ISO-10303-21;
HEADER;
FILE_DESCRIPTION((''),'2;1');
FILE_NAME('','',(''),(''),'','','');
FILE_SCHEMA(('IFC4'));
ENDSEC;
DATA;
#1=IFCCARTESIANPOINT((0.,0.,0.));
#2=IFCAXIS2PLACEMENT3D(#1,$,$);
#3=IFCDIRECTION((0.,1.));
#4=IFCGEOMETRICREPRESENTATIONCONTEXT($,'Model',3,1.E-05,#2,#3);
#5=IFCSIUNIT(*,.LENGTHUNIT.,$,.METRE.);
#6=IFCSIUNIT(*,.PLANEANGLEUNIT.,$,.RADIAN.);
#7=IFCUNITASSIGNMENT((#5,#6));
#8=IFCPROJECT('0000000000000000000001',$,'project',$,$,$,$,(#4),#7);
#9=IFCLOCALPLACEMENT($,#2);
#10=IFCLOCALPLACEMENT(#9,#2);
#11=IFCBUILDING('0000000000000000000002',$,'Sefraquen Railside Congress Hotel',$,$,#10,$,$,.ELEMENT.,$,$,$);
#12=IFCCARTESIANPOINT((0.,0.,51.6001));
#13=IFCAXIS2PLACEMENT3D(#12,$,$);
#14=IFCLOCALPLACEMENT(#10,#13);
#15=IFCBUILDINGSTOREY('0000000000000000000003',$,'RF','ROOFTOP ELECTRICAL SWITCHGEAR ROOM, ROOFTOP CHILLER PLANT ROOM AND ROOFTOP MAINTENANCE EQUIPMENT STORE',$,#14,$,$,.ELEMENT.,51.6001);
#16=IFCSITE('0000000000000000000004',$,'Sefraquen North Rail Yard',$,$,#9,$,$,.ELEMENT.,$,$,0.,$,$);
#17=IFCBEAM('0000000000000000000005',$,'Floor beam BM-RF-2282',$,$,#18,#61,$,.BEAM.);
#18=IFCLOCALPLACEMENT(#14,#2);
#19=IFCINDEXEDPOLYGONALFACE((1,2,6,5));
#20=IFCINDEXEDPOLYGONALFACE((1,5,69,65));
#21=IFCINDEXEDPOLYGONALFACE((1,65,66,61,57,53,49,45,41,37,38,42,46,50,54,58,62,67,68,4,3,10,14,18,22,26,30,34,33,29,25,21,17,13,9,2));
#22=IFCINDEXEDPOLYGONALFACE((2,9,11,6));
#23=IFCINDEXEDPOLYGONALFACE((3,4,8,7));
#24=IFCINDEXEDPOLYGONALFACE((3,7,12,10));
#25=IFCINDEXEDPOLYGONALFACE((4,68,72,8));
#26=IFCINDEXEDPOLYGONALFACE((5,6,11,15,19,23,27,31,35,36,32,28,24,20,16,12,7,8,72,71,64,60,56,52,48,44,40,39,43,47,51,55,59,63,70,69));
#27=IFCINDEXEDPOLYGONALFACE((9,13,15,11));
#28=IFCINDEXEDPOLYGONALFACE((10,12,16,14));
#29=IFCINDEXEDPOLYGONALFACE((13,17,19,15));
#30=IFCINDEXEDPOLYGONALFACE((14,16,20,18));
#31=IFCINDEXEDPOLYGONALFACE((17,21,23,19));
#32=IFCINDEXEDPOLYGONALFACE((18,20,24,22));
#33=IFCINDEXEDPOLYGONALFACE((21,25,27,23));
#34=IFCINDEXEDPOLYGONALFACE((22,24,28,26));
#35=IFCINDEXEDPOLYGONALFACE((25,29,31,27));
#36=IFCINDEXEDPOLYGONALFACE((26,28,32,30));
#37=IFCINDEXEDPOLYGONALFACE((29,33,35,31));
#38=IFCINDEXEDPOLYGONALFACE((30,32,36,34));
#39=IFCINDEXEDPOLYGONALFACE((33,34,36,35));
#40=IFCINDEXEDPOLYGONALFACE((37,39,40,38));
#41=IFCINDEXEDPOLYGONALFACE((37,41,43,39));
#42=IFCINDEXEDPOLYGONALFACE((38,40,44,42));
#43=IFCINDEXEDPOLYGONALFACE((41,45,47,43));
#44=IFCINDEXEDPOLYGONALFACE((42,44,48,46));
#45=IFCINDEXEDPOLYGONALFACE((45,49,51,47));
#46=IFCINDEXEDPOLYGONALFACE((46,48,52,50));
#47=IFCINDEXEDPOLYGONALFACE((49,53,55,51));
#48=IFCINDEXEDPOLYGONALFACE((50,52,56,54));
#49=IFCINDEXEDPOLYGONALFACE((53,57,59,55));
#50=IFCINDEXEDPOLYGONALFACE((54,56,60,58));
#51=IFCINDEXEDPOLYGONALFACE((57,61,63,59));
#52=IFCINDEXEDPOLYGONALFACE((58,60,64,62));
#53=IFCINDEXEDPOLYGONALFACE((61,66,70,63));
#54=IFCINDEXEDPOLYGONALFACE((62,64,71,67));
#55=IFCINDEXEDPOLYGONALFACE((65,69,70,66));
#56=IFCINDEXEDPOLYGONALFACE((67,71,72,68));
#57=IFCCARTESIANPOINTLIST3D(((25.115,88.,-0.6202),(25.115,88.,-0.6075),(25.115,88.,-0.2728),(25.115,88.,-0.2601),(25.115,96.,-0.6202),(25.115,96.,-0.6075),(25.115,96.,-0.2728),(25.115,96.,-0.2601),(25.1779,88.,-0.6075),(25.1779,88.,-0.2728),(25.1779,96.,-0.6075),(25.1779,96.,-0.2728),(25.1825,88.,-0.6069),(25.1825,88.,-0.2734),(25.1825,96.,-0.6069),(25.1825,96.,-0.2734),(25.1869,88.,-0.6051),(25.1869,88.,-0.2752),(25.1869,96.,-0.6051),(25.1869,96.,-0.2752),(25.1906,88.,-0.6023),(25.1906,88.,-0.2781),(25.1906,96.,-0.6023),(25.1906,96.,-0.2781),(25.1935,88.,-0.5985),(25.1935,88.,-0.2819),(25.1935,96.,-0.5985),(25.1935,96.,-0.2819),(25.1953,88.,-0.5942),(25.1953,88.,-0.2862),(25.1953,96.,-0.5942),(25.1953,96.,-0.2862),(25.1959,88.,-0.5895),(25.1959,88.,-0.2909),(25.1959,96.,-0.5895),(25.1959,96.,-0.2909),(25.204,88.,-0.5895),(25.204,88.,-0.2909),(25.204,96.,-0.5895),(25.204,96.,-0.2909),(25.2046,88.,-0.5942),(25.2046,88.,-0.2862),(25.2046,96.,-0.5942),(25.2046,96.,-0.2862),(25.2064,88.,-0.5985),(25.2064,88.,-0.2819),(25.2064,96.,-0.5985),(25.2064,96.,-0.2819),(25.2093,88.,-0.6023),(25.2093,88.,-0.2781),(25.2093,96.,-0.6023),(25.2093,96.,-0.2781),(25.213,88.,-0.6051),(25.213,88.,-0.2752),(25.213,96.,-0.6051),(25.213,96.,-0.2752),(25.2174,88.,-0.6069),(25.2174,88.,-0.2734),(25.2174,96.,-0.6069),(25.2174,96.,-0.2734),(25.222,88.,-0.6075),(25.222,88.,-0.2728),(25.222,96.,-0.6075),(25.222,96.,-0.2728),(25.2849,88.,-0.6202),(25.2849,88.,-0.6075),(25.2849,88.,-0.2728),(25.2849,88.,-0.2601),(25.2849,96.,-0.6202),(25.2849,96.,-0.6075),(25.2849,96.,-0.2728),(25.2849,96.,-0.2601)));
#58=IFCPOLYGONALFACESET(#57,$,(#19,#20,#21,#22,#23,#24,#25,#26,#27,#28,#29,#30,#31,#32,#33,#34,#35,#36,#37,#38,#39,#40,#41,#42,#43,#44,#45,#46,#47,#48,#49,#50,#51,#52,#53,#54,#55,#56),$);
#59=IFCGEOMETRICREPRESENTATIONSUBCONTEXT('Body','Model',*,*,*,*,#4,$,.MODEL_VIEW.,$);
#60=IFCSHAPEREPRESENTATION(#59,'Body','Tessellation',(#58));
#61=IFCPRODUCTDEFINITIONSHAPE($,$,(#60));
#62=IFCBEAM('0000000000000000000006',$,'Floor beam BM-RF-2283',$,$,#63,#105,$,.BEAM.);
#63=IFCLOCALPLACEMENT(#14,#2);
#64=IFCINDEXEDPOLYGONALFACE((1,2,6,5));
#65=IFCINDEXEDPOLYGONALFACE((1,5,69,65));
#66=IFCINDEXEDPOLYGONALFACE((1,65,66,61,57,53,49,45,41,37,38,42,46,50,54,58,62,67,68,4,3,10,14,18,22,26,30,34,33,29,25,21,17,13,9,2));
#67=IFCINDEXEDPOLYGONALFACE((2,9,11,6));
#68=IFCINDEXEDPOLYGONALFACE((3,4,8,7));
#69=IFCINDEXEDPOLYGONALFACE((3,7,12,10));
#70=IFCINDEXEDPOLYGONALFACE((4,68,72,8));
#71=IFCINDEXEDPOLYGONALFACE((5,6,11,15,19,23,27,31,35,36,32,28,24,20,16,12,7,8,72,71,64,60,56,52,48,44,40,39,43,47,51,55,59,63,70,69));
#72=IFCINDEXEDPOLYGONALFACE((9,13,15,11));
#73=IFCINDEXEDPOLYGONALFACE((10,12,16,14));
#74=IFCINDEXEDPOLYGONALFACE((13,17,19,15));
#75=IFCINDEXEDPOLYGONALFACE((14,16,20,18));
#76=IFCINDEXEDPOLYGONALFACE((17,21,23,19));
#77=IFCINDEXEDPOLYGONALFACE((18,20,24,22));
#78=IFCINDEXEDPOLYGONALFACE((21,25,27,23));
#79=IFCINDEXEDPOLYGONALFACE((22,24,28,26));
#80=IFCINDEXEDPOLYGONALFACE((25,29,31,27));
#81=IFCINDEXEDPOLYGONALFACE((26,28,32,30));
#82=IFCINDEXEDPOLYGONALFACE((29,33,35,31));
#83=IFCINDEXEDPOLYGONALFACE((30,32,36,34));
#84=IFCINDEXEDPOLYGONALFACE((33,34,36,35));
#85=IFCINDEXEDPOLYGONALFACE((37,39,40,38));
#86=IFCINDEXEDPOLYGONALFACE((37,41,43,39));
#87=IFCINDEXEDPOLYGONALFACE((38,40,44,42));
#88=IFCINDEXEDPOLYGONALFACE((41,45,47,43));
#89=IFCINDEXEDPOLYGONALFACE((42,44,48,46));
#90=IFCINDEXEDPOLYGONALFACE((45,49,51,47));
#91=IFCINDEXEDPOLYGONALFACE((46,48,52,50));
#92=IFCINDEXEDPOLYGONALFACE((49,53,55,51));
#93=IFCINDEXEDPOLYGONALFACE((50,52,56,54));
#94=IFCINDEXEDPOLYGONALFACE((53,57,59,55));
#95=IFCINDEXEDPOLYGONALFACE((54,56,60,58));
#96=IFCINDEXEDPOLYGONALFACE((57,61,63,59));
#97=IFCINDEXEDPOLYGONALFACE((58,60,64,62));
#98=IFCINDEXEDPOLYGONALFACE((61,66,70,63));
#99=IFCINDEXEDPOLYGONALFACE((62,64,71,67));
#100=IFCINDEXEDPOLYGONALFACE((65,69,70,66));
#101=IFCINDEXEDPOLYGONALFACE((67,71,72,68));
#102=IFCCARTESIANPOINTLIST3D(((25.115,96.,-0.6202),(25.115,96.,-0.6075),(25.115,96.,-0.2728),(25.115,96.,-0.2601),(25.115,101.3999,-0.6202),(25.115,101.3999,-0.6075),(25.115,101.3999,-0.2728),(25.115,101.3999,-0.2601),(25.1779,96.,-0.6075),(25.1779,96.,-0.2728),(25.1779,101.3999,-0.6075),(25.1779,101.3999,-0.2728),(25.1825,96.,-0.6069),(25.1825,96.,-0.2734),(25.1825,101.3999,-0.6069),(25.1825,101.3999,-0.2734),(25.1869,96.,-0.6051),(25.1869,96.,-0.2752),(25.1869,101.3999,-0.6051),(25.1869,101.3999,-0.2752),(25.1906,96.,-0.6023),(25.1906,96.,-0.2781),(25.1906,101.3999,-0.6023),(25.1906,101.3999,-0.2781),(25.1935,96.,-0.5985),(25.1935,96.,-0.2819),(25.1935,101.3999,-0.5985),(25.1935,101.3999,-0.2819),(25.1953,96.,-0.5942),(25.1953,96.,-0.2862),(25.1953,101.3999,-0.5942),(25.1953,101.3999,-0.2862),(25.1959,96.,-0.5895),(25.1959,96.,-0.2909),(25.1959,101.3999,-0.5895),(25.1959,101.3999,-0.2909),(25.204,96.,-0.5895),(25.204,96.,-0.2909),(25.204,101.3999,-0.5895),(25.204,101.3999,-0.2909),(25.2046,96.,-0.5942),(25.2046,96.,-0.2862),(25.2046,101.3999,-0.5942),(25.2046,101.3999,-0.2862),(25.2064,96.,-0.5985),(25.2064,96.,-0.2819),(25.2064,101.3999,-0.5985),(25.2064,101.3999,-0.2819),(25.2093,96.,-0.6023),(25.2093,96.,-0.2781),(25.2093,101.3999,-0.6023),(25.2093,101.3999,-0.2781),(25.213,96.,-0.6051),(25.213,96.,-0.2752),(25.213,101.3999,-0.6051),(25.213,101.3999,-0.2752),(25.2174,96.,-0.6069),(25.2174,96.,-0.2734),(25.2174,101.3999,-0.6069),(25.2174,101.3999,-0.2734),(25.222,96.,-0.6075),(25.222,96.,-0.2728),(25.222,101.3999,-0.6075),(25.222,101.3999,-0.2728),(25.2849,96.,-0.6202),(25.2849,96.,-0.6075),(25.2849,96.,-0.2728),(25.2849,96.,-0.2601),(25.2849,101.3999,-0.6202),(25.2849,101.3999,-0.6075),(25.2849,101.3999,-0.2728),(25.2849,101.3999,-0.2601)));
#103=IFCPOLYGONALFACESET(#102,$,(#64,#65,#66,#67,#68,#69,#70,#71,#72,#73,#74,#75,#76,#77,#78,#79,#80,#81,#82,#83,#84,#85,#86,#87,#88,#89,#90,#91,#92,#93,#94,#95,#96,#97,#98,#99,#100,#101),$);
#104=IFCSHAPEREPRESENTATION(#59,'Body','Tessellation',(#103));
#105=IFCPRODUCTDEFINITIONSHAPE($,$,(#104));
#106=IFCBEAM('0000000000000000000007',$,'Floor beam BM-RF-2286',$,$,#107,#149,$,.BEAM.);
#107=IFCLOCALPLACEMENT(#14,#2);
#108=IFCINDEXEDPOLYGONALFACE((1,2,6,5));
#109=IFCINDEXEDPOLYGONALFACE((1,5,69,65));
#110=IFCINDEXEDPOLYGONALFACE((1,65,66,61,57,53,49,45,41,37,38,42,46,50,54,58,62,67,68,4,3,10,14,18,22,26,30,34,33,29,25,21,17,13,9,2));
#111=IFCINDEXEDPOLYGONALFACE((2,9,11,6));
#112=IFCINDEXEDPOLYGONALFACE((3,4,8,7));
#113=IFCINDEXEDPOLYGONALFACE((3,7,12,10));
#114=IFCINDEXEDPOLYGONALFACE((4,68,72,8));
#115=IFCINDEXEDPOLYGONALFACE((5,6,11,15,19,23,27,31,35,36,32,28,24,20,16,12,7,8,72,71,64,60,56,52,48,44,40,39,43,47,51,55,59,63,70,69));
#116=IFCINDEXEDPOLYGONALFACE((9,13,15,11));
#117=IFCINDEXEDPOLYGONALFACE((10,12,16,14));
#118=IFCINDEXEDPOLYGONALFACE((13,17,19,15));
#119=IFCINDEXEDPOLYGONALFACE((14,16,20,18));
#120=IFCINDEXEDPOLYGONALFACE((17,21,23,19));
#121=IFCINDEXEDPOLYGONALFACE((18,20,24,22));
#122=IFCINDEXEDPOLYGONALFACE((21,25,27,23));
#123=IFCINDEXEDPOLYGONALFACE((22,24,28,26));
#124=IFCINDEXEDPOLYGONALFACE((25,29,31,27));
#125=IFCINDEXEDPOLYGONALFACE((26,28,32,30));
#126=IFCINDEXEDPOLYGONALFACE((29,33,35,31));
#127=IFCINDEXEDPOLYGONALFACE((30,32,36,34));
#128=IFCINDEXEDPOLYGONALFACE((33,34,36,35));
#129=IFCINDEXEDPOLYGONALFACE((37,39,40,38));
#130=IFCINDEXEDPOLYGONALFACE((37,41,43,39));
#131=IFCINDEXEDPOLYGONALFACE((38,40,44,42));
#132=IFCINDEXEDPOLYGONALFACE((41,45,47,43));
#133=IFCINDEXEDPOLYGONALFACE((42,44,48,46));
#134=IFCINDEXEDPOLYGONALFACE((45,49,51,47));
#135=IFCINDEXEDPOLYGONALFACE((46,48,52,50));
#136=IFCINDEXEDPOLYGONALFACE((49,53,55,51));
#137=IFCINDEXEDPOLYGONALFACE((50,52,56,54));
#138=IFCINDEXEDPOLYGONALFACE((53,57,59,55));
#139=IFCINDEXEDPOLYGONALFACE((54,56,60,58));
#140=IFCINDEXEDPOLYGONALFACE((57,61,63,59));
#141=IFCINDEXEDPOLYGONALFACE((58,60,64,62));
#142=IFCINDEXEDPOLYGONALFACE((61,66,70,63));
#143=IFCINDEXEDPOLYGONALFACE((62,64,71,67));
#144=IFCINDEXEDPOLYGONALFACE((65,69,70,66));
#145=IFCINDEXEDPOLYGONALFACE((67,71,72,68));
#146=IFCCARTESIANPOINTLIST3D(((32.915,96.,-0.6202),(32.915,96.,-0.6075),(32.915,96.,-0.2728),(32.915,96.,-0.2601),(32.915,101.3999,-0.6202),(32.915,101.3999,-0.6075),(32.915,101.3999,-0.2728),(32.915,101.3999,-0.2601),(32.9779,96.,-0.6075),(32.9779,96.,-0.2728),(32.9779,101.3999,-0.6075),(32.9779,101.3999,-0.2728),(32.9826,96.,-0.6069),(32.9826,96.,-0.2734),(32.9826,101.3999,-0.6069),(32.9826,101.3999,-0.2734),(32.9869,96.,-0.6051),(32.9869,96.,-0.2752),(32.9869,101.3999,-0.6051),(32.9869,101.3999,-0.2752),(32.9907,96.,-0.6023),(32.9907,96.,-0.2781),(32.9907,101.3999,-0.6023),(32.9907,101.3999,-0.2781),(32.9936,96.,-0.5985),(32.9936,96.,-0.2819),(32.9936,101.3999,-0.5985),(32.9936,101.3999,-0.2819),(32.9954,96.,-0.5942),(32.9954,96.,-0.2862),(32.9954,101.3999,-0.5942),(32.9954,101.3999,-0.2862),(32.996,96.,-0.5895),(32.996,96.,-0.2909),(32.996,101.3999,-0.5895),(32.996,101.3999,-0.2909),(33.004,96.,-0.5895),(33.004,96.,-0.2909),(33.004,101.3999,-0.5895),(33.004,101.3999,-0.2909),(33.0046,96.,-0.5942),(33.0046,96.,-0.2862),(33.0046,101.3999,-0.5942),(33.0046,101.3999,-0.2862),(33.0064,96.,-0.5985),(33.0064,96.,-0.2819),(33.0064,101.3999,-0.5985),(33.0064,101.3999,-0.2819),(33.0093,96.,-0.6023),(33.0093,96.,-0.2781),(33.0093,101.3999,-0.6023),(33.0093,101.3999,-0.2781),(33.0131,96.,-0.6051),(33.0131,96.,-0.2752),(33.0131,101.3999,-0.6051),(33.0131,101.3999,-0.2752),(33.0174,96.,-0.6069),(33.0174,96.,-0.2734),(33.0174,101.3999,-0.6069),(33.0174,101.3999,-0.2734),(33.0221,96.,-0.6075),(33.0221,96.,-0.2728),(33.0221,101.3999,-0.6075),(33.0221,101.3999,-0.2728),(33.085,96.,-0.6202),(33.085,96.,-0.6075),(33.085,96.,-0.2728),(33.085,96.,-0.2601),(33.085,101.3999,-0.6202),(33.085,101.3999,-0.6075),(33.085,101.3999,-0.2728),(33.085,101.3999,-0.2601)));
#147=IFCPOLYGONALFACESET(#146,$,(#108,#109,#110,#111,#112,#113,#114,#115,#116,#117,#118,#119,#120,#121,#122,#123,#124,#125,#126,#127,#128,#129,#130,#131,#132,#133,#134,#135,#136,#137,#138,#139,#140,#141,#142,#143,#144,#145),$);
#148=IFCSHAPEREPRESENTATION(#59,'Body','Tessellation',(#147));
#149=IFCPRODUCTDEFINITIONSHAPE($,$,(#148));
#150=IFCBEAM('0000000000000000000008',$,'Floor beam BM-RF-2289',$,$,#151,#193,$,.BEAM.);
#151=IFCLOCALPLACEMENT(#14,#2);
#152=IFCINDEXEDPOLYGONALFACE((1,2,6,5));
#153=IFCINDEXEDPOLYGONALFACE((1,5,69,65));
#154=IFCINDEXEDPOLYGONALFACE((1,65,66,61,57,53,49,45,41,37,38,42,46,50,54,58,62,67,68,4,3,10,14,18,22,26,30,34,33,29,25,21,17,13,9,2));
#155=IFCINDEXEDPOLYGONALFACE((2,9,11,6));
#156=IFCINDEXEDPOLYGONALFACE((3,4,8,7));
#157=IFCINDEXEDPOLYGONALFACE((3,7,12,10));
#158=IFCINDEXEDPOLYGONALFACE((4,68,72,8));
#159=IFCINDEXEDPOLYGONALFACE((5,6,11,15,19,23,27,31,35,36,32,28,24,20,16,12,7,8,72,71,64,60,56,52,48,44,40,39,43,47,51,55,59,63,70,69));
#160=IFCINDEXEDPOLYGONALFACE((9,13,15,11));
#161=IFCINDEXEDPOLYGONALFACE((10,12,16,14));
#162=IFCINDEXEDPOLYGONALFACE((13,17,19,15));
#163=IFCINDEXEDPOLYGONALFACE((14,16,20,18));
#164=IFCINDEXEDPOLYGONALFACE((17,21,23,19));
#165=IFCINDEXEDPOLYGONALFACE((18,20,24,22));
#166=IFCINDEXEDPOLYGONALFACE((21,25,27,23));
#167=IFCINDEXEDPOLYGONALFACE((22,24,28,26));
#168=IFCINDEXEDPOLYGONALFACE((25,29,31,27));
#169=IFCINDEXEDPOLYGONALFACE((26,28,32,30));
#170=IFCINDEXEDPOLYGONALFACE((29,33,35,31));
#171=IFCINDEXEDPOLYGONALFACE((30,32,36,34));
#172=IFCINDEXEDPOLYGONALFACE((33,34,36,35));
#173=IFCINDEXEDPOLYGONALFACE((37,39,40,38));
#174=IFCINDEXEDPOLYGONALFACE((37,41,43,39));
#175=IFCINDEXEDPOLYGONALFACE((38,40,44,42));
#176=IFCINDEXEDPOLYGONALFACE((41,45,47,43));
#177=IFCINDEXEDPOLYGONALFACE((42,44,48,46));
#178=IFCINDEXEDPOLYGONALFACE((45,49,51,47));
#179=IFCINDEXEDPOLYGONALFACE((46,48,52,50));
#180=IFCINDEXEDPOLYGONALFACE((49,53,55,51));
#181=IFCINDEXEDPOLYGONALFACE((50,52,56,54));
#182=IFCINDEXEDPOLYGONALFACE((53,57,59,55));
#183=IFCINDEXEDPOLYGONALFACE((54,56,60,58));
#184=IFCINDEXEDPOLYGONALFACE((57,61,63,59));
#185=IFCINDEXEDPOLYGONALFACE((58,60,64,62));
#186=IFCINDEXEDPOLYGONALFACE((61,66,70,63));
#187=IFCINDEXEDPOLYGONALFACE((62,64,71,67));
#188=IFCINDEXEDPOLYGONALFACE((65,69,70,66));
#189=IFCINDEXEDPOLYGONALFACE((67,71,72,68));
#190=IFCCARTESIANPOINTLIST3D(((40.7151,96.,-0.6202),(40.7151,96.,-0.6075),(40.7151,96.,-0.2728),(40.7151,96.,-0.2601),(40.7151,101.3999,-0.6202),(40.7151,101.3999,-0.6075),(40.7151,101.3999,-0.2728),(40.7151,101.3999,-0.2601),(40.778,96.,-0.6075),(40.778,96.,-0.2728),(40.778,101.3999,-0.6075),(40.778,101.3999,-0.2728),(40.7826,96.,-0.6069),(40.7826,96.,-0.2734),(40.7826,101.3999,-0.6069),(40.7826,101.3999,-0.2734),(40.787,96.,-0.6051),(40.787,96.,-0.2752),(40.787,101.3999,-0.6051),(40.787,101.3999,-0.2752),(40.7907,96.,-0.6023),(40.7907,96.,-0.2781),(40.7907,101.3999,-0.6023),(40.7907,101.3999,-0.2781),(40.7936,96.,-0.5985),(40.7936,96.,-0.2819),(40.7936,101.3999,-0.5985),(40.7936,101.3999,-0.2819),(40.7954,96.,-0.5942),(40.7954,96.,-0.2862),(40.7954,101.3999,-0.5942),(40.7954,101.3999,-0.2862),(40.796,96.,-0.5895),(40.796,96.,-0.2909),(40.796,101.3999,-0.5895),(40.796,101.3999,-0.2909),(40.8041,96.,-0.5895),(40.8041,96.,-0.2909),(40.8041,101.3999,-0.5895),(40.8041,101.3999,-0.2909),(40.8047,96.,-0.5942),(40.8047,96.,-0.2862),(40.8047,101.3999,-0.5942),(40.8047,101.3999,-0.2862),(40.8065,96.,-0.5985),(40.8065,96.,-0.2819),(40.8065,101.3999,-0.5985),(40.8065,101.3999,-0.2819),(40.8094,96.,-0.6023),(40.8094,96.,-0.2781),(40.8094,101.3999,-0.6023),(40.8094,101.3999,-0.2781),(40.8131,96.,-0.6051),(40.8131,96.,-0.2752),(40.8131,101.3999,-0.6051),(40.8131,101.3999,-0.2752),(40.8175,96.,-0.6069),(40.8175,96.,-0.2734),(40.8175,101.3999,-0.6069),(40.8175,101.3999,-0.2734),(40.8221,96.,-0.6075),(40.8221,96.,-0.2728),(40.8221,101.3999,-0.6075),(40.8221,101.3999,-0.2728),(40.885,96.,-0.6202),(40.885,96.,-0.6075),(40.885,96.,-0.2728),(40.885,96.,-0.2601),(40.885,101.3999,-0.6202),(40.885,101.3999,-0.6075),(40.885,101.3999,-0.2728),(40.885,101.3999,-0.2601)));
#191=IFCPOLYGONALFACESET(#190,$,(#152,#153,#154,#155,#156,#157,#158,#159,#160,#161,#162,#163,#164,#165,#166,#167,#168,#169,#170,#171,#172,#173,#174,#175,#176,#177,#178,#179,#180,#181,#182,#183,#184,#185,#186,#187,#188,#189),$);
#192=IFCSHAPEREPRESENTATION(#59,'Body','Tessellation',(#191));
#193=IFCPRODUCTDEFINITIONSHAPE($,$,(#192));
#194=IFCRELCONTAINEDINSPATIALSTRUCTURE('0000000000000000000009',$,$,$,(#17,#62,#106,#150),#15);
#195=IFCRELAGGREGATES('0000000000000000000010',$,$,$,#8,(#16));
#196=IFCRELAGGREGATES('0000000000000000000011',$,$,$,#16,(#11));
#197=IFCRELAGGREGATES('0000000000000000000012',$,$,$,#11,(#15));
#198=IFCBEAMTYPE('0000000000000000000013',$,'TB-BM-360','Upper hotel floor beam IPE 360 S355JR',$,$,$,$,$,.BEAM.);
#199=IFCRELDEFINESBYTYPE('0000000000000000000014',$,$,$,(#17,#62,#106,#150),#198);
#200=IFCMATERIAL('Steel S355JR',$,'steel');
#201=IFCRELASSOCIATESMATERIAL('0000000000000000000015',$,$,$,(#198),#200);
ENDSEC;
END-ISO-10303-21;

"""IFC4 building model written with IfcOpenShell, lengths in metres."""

from ifc_helpers import new_model, si_unit, direction, frame, origin, origin_2d, place, context, subcontext, project, spatial, i_section, extrude, material, material_profile, profile_set, type_object, element, save


model = new_model("IFC4")

# Units and contexts
model_context = context("Model", 3, precision=1e-05, world=origin(), true_north=direction((0.0, 1.0)))
body_context = subcontext(model_context, "Body", "Model", "MODEL_VIEW")
ifc_project = project(units=[si_unit("LENGTHUNIT", "METRE"), si_unit("PLANEANGLEUNIT", "RADIAN")], contexts=[model_context])

# Site, building, storey
site_placement = place(None, origin())
site = spatial("IfcSite", under=ifc_project, at=site_placement, Name="Sefraquen North Rail Yard", CompositionType="ELEMENT", RefElevation=0.0)
building_placement = place(site_placement, origin())
building = spatial("IfcBuilding", under=site, at=building_placement, Name="Sefraquen Railside Congress Hotel", CompositionType="ELEMENT")
storey_placement = place(building_placement, frame((0.0, 0.0, 51.6001)))
storey = spatial("IfcBuildingStorey", under=building, at=storey_placement, Name="RF", Description="ROOFTOP ELECTRICAL SWITCHGEAR ROOM, ROOFTOP CHILLER PLANT ROOM AND ROOFTOP MAINTENANCE EQUIPMENT STORE", CompositionType="ELEMENT", Elevation=51.6001)

# Beams
ifc_material_1 = material(Name="Steel S355JR", Category="steel")
ifc_material_profile_1 = material_profile(ifc_material_1, i_section(OverallWidth=0.1699, OverallDepth=0.3601, WebThickness=0.0081, FlangeThickness=0.0127, FilletRadius=0.0181, at=origin_2d()), Name="IPE 360")
ifc_profile_set_1 = profile_set([ifc_material_profile_1], Name="Steel S355JR")
beam_type_1 = type_object("IfcBeamType", Name="TB-BM-360", Description="Upper hotel floor beam IPE 360 S355JR", PredefinedType="BEAM", material=ifc_profile_set_1)
beam_1_placement = place(storey_placement, frame((25.2, 88.0, -0.4402), z_axis=(0.0, 1.0, 0.0), x_axis=(-1.0, 0.0, 0.0)))
element("IfcBeam", 1, at=beam_1_placement, inside=storey, type_object=beam_type_1, Name="Floor beam BM-RF-2282", PredefinedType="BEAM", context=body_context, shape_type="SweptSolid", body=[
    extrude(i_section(OverallWidth=0.1699, OverallDepth=0.3601, WebThickness=0.0081, FlangeThickness=0.0127, FilletRadius=0.0181, at=origin_2d()), origin(), (0.0, 0.0, 1.0), 8.0),
])
for number, where, z_axis, x_axis, name in (
    (2, (25.2, 96.0, -0.4402), (0.0, 1.0, 0.0), (-1.0, 0.0, 0.0), "Floor beam BM-RF-2283"),
    (3, (33.0, 96.0, -0.4402), (0.0, 1.0, 0.0), (-1.0, 0.0, 0.0), "Floor beam BM-RF-2286"),
    (4, (40.8, 96.0, -0.4402), (0.0, 1.0, 0.0), (-1.0, 0.0, 0.0), "Floor beam BM-RF-2289"),
):
    element("IfcBeam", number, at=place(storey_placement, frame(where, z_axis=z_axis, x_axis=x_axis)), inside=storey, type_object=beam_type_1, Name=name, PredefinedType="BEAM", context=body_context, shape_type="SweptSolid", body=[
        extrude(i_section(OverallWidth=0.1699, OverallDepth=0.3601, WebThickness=0.0081, FlangeThickness=0.0127, FilletRadius=0.0181, at=origin_2d()), origin(), (0.0, 0.0, 1.0), 5.3999),
    ])

save(model, "model.ifc")
